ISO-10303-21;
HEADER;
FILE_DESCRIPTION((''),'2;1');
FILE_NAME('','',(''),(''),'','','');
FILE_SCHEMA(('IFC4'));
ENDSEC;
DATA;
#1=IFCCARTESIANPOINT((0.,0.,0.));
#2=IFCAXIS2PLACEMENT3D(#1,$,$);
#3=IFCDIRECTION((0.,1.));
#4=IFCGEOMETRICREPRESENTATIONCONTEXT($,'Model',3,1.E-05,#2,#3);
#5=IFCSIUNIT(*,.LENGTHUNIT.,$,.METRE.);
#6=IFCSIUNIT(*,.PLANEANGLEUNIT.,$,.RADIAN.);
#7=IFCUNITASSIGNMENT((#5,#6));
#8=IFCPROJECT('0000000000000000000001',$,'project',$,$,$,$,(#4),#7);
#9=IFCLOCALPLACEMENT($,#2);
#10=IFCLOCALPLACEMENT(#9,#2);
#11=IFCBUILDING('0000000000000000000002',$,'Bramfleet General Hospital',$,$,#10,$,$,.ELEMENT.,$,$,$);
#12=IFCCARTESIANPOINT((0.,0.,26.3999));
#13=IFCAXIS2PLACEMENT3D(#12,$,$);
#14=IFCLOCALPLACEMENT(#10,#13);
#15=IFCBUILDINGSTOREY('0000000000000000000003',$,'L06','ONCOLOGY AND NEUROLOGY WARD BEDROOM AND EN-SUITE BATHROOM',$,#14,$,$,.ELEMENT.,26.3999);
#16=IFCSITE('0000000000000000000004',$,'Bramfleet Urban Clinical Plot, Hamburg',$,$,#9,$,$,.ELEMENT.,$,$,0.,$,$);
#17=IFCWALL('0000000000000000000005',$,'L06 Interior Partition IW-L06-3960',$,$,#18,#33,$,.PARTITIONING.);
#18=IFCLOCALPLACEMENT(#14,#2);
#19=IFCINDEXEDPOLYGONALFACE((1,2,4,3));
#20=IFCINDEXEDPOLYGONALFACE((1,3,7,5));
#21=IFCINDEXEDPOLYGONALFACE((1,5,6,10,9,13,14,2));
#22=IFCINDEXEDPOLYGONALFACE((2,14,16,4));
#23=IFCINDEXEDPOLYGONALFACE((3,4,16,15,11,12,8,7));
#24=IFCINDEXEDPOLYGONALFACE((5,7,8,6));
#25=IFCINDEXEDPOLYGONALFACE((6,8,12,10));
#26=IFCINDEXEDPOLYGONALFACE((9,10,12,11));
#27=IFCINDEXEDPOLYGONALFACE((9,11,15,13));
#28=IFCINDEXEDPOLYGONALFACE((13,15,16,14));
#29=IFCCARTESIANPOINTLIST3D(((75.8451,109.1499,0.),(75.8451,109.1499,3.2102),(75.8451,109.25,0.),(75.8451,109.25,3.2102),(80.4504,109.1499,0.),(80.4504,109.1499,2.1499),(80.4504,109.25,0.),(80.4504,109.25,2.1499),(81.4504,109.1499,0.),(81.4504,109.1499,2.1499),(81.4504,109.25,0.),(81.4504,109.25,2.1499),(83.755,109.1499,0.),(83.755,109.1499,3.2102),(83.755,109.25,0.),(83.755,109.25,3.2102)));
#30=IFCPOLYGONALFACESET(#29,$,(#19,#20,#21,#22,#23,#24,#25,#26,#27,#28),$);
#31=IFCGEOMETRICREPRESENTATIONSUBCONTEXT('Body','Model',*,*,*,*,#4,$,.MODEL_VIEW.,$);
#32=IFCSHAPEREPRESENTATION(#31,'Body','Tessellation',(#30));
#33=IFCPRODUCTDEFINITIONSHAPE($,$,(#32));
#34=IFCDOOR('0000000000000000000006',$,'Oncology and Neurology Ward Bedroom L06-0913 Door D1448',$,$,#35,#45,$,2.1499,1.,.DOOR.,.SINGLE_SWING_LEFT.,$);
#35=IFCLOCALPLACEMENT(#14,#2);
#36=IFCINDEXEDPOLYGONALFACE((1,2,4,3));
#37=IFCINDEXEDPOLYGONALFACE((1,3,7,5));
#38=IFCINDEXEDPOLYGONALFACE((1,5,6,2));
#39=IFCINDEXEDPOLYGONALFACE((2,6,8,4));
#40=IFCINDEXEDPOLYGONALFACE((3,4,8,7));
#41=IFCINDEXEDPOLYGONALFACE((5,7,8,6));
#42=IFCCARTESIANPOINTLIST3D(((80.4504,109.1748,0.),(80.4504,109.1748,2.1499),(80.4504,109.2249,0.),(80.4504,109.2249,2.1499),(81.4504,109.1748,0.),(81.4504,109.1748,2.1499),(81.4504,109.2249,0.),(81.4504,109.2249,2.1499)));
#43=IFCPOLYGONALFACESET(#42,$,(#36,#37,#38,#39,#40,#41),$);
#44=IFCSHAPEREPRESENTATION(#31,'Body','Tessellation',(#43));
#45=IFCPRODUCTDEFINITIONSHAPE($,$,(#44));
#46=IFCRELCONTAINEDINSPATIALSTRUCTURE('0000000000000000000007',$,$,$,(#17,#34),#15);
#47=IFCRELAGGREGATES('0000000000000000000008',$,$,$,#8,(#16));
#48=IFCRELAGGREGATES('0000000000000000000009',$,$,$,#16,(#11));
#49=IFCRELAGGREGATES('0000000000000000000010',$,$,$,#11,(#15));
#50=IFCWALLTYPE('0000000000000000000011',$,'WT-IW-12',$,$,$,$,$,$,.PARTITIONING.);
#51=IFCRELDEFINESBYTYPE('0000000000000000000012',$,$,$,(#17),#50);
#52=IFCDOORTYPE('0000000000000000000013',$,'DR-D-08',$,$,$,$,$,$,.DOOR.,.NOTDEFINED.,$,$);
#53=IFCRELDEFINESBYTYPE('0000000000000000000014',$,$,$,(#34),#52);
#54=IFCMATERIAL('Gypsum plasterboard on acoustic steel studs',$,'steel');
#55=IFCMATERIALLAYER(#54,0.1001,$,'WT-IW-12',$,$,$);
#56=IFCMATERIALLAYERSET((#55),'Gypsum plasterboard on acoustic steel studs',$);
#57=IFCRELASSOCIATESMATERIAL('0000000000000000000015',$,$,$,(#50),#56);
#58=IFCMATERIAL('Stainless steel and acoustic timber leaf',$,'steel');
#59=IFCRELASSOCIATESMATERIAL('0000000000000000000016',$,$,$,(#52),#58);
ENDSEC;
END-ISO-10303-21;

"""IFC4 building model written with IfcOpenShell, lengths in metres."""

from ifc_helpers import new_model, si_unit, direction, frame, frame_2d, origin, place, context, subcontext, project, spatial, rectangle, extrude, material, layer, layer_set, type_object, element, fill, save


model = new_model("IFC4")

# Units and contexts
model_context = context("Model", 3, precision=1e-05, world=origin(), true_north=direction((0.0, 1.0)))
body_context = subcontext(model_context, "Body", "Model", "MODEL_VIEW")
ifc_project = project(units=[si_unit("LENGTHUNIT", "METRE"), si_unit("PLANEANGLEUNIT", "RADIAN")], contexts=[model_context])

# Site, building, storey
site_placement = place(None, origin())
site = spatial("IfcSite", under=ifc_project, at=site_placement, Name="Bramfleet Urban Clinical Plot, Hamburg", CompositionType="ELEMENT", RefElevation=0.0)
building_placement = place(site_placement, origin())
building = spatial("IfcBuilding", under=site, at=building_placement, Name="Bramfleet General Hospital", CompositionType="ELEMENT")
storey_placement = place(building_placement, frame((0.0, 0.0, 26.3999)))
storey = spatial("IfcBuildingStorey", under=building, at=storey_placement, Name="L06", Description="ONCOLOGY AND NEUROLOGY WARD BEDROOM AND EN-SUITE BATHROOM", CompositionType="ELEMENT", Elevation=26.3999)

# Shared definitions
ifc_material_1 = material(Name="Gypsum plasterboard on acoustic steel studs", Category="steel")

# Shared definitions
ifc_material_2 = material(Name="Stainless steel and acoustic timber leaf", Category="steel")

# Wall, opening, door
ifc_layer_1 = layer(ifc_material_1, 0.1001, Name="WT-IW-12")
ifc_layer_set_1 = layer_set([ifc_layer_1], Name="Gypsum plasterboard on acoustic steel studs")
wall_type_1 = type_object("IfcWallType", Name="WT-IW-12", PredefinedType="PARTITIONING", material=ifc_layer_set_1)
wall_1_placement = place(storey_placement, frame((75.845, 109.2, 0.0), z_axis=(0.0, 0.0, 1.0), x_axis=(1.0, 0.0, 0.0)))
wall_1 = element("IfcWall", 1, at=wall_1_placement, inside=storey, type_object=wall_type_1, Name="L06 Interior Partition IW-L06-3960", PredefinedType="PARTITIONING", context=body_context, shape_type="SweptSolid", body=[
    extrude(rectangle(XDim=7.9099, YDim=0.1001, at=frame_2d((3.9551, 0.0))), origin(), (0.0, 0.0, 1.0), 3.2102),
])
opening_1_placement = place(wall_1_placement, frame((4.6055, 0.0, 0.0)))
opening_1 = element("IfcOpeningElement", 2, at=opening_1_placement, cuts=wall_1, PredefinedType="OPENING", context=body_context, shape_type="SweptSolid", body=[
    extrude(rectangle(XDim=1.0, YDim=2.1499, at=frame_2d((0.5, 1.075))), frame((0.0, 0.0601, 0.0), z_axis=(0.0, -1.0, 0.0), x_axis=(1.0, 0.0, 0.0)), (0.0, 0.0, 1.0), 0.1201),
])
door_type_1 = type_object("IfcDoorType", Name="DR-D-08", OperationType="NOTDEFINED", PredefinedType="DOOR", material=ifc_material_2)
door_1_placement = place(opening_1_placement, origin())
door_1 = element("IfcDoor", 3, at=door_1_placement, inside=storey, type_object=door_type_1, Name="Oncology and Neurology Ward Bedroom L06-0913 Door D1448", OperationType="SINGLE_SWING_LEFT", OverallHeight=2.1499, OverallWidth=1.0, PredefinedType="DOOR", context=body_context, shape_type="SweptSolid", body=[
    extrude(rectangle(XDim=1.0, YDim=2.1499, at=frame_2d((0.5, 1.075))), frame((0.0, 0.0249, 0.0), z_axis=(0.0, -1.0, 0.0), x_axis=(1.0, 0.0, 0.0)), (0.0, 0.0, 1.0), 0.05),
])
fill(opening_1, door_1)

save(model, "model.ifc")
